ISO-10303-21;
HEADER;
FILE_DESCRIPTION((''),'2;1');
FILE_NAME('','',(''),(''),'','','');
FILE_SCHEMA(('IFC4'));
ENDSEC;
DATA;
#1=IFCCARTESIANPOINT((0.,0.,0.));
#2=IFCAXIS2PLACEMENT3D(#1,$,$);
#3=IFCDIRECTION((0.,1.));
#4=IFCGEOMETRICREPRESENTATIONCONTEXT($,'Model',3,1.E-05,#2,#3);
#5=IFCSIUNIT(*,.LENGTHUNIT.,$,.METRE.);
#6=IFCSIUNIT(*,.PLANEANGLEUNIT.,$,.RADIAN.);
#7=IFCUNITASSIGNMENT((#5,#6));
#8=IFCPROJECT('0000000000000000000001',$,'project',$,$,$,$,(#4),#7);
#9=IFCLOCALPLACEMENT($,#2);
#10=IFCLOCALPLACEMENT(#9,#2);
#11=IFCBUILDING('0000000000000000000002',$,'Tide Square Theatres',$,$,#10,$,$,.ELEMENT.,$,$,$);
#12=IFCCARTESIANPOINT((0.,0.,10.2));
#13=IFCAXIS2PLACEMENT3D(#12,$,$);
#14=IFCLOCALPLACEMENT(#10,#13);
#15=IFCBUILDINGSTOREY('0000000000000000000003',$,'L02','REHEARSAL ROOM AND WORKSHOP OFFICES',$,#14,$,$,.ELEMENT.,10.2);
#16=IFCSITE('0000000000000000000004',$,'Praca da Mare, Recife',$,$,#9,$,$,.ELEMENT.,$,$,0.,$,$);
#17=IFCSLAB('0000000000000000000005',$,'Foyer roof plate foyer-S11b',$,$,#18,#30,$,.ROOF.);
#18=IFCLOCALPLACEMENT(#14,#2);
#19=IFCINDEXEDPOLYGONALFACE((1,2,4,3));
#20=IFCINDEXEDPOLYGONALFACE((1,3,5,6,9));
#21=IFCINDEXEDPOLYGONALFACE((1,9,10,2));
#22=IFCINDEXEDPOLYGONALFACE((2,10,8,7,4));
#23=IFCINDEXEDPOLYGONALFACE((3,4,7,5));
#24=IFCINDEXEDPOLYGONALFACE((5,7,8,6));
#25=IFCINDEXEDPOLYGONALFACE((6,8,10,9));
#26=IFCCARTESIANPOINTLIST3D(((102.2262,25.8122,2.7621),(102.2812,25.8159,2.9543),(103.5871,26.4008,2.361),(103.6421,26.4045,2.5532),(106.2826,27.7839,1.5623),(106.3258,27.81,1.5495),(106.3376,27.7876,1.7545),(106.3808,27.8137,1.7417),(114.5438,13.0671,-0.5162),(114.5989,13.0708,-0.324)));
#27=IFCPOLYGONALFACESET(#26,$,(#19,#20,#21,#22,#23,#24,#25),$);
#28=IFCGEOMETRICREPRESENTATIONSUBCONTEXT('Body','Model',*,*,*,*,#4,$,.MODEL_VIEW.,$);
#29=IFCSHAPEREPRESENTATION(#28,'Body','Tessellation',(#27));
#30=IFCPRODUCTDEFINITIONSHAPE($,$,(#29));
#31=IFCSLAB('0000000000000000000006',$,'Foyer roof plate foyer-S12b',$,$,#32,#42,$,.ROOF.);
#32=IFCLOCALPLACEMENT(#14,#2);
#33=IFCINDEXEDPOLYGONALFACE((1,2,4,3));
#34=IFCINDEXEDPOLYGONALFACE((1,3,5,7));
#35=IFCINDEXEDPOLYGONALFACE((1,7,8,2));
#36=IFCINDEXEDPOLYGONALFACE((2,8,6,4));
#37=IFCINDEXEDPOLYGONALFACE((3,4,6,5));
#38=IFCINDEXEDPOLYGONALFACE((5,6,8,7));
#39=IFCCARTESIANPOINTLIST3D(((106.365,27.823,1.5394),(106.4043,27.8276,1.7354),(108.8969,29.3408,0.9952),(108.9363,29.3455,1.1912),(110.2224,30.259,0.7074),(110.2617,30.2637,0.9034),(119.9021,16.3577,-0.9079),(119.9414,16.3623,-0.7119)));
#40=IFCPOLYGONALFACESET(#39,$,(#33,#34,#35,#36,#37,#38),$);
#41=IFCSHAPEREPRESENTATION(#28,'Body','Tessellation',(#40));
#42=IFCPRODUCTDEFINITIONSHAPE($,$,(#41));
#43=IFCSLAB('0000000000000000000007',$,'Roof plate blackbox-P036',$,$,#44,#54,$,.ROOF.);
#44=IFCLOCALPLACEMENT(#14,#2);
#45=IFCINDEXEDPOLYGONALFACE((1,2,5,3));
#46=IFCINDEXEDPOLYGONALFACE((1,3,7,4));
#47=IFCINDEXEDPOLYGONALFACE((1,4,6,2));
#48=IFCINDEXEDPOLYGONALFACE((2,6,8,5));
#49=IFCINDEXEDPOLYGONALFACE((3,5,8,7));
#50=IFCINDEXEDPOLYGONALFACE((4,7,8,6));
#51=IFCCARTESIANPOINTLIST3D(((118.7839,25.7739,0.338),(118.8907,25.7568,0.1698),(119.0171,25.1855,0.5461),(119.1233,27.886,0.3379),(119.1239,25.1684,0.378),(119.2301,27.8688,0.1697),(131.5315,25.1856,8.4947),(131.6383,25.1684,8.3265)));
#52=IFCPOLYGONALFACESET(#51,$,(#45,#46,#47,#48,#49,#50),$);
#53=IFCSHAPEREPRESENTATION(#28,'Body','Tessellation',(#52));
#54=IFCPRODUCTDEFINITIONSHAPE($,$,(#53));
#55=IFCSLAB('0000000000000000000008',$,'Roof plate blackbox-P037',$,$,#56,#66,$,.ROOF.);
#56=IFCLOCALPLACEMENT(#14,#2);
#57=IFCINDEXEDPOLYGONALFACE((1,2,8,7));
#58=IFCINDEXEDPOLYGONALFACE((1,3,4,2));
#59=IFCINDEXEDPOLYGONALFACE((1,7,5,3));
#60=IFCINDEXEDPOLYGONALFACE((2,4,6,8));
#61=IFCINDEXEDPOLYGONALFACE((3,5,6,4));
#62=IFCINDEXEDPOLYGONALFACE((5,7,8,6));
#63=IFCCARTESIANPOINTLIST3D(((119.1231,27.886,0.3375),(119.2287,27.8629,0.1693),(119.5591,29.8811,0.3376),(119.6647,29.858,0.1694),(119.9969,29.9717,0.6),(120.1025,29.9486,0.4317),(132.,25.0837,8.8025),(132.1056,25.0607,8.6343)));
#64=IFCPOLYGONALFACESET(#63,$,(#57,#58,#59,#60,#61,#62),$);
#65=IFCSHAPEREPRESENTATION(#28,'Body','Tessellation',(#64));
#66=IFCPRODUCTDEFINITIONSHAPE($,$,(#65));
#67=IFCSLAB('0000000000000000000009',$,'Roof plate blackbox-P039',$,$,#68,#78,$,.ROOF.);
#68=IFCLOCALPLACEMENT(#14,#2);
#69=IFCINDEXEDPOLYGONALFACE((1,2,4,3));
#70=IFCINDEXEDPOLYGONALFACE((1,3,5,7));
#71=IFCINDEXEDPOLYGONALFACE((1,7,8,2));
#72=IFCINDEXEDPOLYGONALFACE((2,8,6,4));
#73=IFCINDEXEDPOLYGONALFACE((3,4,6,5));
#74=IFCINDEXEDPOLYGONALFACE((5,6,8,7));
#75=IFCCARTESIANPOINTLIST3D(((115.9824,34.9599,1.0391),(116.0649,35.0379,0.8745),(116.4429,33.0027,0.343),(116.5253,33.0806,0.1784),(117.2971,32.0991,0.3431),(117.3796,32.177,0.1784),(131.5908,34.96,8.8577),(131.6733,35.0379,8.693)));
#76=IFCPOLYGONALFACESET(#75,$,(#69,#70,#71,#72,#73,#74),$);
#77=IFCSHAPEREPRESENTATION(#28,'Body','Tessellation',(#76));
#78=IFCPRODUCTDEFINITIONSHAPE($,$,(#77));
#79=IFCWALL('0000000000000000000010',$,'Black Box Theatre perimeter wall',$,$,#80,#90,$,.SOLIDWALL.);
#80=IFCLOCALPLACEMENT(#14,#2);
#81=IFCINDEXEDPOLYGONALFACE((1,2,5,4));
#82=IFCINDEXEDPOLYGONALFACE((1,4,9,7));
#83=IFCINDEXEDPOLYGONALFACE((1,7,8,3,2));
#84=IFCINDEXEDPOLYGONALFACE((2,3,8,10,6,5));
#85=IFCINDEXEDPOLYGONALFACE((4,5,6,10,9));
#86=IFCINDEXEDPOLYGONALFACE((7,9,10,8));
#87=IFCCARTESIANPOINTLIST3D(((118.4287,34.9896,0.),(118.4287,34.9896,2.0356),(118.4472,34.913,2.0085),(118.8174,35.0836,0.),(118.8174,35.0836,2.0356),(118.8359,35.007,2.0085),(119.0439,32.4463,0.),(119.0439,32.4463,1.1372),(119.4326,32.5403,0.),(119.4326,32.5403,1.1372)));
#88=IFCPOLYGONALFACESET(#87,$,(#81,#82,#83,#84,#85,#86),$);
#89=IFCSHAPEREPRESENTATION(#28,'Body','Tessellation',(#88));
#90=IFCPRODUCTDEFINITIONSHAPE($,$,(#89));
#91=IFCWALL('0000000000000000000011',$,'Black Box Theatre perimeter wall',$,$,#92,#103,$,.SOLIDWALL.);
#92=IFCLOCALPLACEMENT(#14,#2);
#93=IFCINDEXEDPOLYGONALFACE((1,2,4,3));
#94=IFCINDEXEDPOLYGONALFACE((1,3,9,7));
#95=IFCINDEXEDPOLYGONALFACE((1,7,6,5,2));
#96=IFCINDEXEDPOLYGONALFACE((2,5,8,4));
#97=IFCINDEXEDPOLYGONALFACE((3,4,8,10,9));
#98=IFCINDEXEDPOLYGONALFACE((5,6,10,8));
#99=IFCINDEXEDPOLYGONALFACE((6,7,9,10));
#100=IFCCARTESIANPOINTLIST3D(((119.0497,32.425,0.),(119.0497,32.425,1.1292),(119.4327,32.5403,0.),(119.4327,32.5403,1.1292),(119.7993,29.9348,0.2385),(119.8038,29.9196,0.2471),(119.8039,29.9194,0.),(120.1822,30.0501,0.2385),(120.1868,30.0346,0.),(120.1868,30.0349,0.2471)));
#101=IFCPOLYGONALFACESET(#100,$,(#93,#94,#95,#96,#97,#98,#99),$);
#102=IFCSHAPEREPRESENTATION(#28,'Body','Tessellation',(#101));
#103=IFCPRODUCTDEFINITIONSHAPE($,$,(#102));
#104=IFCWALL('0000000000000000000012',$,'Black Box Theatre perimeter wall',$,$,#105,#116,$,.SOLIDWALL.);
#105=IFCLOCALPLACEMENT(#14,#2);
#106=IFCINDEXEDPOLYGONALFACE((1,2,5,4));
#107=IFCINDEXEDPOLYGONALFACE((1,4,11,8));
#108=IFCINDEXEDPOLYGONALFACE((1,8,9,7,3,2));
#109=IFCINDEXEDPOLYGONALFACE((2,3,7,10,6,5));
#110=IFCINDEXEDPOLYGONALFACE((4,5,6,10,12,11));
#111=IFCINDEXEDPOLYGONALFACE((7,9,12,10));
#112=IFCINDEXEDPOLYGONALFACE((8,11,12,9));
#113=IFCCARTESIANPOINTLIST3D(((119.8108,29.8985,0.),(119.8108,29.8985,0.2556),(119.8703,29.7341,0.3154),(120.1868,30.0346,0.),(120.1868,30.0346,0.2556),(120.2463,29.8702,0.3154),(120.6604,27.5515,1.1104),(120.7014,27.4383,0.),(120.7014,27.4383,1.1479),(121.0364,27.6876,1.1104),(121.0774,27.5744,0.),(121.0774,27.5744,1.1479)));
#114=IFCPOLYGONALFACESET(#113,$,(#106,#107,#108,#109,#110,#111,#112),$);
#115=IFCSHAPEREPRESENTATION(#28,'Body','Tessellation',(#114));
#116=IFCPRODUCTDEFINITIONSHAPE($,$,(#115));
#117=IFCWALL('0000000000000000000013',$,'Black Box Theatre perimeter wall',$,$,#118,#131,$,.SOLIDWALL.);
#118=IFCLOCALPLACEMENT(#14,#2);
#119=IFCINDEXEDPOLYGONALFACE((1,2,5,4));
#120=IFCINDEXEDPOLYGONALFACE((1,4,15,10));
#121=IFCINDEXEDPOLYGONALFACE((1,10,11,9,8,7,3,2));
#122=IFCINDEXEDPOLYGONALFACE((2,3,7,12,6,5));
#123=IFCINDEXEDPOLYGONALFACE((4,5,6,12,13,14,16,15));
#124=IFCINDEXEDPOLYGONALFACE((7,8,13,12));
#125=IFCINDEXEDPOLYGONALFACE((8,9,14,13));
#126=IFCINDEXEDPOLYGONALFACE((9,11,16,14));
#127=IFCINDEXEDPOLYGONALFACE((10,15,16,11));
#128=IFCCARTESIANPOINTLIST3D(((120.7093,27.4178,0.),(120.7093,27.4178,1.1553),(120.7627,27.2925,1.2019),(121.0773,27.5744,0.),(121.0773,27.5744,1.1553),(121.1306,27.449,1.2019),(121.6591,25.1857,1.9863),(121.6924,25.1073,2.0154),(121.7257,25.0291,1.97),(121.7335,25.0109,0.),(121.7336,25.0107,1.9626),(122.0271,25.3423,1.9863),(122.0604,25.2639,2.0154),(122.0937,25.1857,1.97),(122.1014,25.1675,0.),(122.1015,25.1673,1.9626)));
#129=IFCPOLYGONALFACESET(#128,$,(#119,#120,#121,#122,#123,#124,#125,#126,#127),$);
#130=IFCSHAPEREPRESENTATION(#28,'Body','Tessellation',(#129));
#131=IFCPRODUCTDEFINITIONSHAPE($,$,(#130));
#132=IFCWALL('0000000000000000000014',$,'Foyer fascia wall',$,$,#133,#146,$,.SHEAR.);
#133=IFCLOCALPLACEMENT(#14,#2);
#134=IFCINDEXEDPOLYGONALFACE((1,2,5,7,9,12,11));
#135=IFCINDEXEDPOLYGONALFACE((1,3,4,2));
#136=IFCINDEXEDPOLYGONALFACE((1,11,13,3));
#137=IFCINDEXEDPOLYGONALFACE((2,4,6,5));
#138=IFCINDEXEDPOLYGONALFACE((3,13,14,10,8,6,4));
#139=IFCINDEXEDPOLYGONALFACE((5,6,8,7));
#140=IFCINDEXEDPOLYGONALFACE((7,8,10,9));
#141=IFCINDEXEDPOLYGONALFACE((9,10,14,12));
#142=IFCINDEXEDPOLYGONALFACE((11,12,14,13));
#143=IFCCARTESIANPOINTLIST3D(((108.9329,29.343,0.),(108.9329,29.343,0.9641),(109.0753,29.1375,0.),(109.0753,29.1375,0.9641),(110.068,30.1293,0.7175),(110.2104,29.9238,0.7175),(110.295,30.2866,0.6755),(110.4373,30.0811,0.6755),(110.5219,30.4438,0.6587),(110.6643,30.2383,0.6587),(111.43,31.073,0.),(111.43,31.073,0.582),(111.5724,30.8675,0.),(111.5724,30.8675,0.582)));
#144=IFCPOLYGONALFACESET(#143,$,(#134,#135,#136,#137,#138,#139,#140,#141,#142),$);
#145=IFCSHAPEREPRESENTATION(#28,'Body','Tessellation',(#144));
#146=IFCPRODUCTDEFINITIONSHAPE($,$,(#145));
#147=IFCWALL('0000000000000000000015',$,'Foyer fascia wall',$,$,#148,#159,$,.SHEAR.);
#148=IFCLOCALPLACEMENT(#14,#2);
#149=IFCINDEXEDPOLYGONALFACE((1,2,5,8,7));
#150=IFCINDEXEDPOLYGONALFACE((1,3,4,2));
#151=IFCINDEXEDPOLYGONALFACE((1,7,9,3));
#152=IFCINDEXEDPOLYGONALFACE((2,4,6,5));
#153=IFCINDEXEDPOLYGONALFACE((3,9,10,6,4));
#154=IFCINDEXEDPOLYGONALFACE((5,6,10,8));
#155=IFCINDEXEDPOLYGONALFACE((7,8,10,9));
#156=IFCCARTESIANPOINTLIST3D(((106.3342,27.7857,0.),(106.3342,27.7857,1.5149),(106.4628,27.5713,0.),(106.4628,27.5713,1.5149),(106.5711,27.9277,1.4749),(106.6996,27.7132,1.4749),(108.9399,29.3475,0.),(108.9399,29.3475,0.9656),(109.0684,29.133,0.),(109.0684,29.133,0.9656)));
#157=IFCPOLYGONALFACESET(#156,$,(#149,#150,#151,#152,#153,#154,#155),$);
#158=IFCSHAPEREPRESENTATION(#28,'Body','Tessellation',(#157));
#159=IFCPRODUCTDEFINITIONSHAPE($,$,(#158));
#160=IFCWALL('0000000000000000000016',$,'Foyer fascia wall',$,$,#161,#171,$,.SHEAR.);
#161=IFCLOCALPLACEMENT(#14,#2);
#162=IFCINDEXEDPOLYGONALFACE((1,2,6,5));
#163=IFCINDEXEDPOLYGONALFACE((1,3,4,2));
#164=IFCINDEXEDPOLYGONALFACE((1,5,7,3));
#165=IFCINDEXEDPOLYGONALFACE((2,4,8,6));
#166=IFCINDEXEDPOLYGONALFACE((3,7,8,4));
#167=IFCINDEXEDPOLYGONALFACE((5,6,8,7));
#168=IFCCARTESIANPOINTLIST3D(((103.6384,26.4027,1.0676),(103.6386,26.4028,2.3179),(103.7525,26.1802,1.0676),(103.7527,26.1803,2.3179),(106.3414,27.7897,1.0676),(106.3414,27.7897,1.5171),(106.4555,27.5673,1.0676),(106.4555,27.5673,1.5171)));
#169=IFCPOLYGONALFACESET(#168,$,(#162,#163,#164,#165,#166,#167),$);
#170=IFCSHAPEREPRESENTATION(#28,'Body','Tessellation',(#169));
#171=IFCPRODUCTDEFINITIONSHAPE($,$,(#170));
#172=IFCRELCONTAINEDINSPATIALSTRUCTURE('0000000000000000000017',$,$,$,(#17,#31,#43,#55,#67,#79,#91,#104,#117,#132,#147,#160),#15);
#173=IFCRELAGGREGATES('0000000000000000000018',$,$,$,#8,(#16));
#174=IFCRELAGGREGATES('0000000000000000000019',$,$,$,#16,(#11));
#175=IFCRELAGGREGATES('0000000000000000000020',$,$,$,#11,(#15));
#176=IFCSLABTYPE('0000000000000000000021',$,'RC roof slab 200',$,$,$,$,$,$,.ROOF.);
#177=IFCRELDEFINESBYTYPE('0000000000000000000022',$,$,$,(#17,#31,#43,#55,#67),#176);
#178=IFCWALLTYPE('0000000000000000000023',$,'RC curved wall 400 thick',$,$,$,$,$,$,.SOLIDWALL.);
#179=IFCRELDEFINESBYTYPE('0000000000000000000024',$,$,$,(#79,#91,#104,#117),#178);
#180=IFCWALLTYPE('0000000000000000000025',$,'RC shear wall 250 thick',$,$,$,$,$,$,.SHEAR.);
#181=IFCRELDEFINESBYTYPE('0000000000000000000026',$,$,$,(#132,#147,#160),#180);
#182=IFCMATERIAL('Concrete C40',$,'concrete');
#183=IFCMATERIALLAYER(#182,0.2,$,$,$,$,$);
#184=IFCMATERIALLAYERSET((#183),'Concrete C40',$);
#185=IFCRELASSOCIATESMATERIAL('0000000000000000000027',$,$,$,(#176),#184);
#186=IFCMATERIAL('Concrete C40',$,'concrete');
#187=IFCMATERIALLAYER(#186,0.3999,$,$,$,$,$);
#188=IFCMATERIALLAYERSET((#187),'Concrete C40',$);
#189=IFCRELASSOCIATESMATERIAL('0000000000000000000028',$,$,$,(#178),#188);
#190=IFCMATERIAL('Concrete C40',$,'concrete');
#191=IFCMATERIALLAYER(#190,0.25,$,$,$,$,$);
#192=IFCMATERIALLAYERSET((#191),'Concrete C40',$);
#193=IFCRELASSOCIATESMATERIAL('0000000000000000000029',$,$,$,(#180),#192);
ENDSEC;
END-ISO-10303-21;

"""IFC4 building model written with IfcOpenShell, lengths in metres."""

from ifc_helpers import new_model, si_unit, direction, frame, origin, place, context, subcontext, project, spatial, polyline, outline, extrude, material, layer, layer_set, type_object, element, save


model = new_model("IFC4")

# Units and contexts
model_context = context("Model", 3, precision=1e-05, world=origin(), true_north=direction((0.0, 1.0)))
body_context = subcontext(model_context, "Body", "Model", "MODEL_VIEW")
ifc_project = project(units=[si_unit("LENGTHUNIT", "METRE"), si_unit("PLANEANGLEUNIT", "RADIAN")], contexts=[model_context])

# Site, building, storey
site_placement = place(None, origin())
site = spatial("IfcSite", under=ifc_project, at=site_placement, Name="Praca da Mare, Recife", CompositionType="ELEMENT", RefElevation=0.0)
building_placement = place(site_placement, origin())
building = spatial("IfcBuilding", under=site, at=building_placement, Name="Tide Square Theatres", CompositionType="ELEMENT")
storey_placement = place(building_placement, frame((0.0, 0.0, 10.2)))
storey = spatial("IfcBuildingStorey", under=building, at=storey_placement, Name="L02", Description="REHEARSAL ROOM AND WORKSHOP OFFICES", CompositionType="ELEMENT", Elevation=10.2)

# Slabs
ifc_material_1 = material(Name="Concrete C40", Category="concrete")
ifc_layer_1 = layer(ifc_material_1, 0.2)
ifc_layer_set_1 = layer_set([ifc_layer_1], Name="Concrete C40")
slab_type = type_object("IfcSlabType", Name="RC roof slab 200", PredefinedType="ROOF", material=ifc_layer_set_1)
slab_1_placement = place(storey_placement, frame((103.6421, 26.4045, 2.5532), z_axis=(0.275196, 0.018723, 0.961206), x_axis=(-0.885977, -0.383221, 0.261123)))
element("IfcSlab", 1, at=slab_1_placement, inside=storey, type_object=slab_type, Name="Foyer roof plate foyer-S11b", PredefinedType="ROOF", context=body_context, shape_type="SweptSolid", body=[
    extrude(outline(polyline([(0.0, 0.0), (1.536, 0.0), (-5.349, 16.6585), (-3.1784, -0.207), (-3.1267, -0.2001), (0.0, 0.0)])), origin(), (0.0, 0.0, -1.0), 0.2),
])
slab_2_placement = place(storey_placement, frame((108.9363, 29.3455, 1.1912), z_axis=(0.196802, 0.023145, 0.98017), x_axis=(-0.843483, -0.505635, 0.181298)))
element("IfcSlab", 2, at=slab_2_placement, inside=storey, type_object=slab_type, Name="Foyer roof plate foyer-S12b", PredefinedType="ROOF", context=body_context, shape_type="SweptSolid", body=[
    extrude(outline(polyline([(0.0, 0.0), (3.0018, 0.0), (-3.0629, 16.8498), (-1.6345, -0.1064), (0.0, 0.0)])), origin(), (0.0, 0.0, -1.0), 0.2),
])
slab_3_placement = place(storey_placement, frame((119.1233, 27.886, 0.3379), z_axis=(-0.534169, 0.085864, 0.841006), x_axis=(-0.15866, -0.987333, 0.00003)))
element("IfcSlab", 3, at=slab_3_placement, inside=storey, type_object=slab_type, Name="Roof plate blackbox-P036", PredefinedType="ROOF", context=body_context, shape_type="SweptSolid", body=[
    extrude(outline(polyline([(0.0, 0.0), (2.1391, 0.0), (2.6831, 0.3848), (0.6978, 15.0765), (0.0, 0.0)])), origin(), (0.0, 0.0, -1.0), 0.2),
])
slab_4_placement = place(storey_placement, frame((119.5591, 29.8811, 0.3376), z_axis=(-0.528003, 0.115328, 0.841375), x_axis=(-0.213476, -0.976948, -0.000056)))
element("IfcSlab", 4, at=slab_4_placement, inside=storey, type_object=slab_type, Name="Roof plate blackbox-P037", PredefinedType="ROOF", context=body_context, shape_type="SweptSolid", body=[
    extrude(outline(polyline([(0.0, 0.0), (2.0422, 0.0), (2.0305, 15.6628), (-0.182, 0.4854), (0.0, 0.0)])), origin(), (0.0, 0.0, -1.0), 0.2),
])
slab_5_placement = place(storey_placement, frame((116.4429, 33.0027, 0.343), z_axis=(-0.412433, -0.389856, 0.823354), x_axis=(0.686978, -0.726678, 0.00004)))
element("IfcSlab", 5, at=slab_5_placement, inside=storey, type_object=slab_type, Name="Roof plate blackbox-P039", PredefinedType="ROOF", context=body_context, shape_type="SweptSolid", body=[
    extrude(outline(polyline([(0.0, 0.0), (1.2435, 0.0), (8.9843, 15.0024), (-1.7386, 1.2267), (0.0, 0.0)])), origin(), (0.0, 0.0, -1.0), 0.2),
])

# Walls
ifc_material_2 = material(Name="Concrete C40", Category="concrete")
ifc_layer_2 = layer(ifc_material_2, 0.3999)
ifc_layer_set_2 = layer_set([ifc_layer_2], Name="Concrete C40")
wall_type_1 = type_object("IfcWallType", Name="RC curved wall 400 thick", PredefinedType="SOLIDWALL", material=ifc_layer_set_2)
wall_1_placement = place(storey_placement, frame((118.623, 35.0366, 0.0), z_axis=(0.0, 0.0, 1.0), x_axis=(0.235109, -0.971969, 0.0)))
element("IfcWall", 6, at=wall_1_placement, inside=storey, type_object=wall_type_1, Name="Black Box Theatre perimeter wall", PredefinedType="SOLIDWALL", context=body_context, shape_type="SweptSolid", body=[
    extrude(outline(polyline([(0.0, 0.0), (2.6167, 0.0), (2.6167, 1.1372), (0.0789, 2.0085), (0.0, 2.0356), (0.0, 0.0)])), frame((0.0, 0.2, 0.0), z_axis=(0.0, -1.0, 0.0), x_axis=(1.0, 0.0, 0.0)), (0.0, 0.0, 1.0), 0.3999),
])
wall_2_placement = place(storey_placement, frame((119.2412, 32.4827, 0.0), z_axis=(0.0, 0.0, 1.0), x_axis=(0.288212, -0.957567, 0.0)))
element("IfcWall", 7, at=wall_2_placement, inside=storey, type_object=wall_type_1, Name="Black Box Theatre perimeter wall", PredefinedType="SOLIDWALL", context=body_context, shape_type="SweptSolid", body=[
    extrude(outline(polyline([(0.0, 0.0), (2.6167, 0.0), (2.6165, 0.2471), (2.6006, 0.2385), (0.0, 1.1292), (0.0, 0.0)])), frame((0.0, 0.2, 0.0), z_axis=(0.0, -1.0, 0.0), x_axis=(1.0, 0.0, 0.0)), (0.0, 0.0, 1.0), 0.3999),
])
wall_3_placement = place(storey_placement, frame((119.9988, 29.9666, 0.0), z_axis=(0.0, 0.0, 1.0), x_axis=(0.340394, -0.940283, 0.0)))
element("IfcWall", 8, at=wall_3_placement, inside=storey, type_object=wall_type_1, Name="Black Box Theatre perimeter wall", PredefinedType="SOLIDWALL", context=body_context, shape_type="SweptSolid", body=[
    extrude(outline(polyline([(0.0, 0.0), (2.6165, 0.0), (2.6165, 1.1479), (2.4961, 1.1104), (0.1748, 0.3154), (0.0, 0.2556), (0.0, 0.0)])), frame((0.0, 0.2, 0.0), z_axis=(0.0, -1.0, 0.0), x_axis=(1.0, 0.0, 0.0)), (0.0, 0.0, 1.0), 0.3999),
])
wall_4_placement = place(storey_placement, frame((120.8933, 27.4961, 0.0), z_axis=(0.0, 0.0, 1.0), x_axis=(0.39153, -0.920165, 0.0)))
element("IfcWall", 9, at=wall_4_placement, inside=storey, type_object=wall_type_1, Name="Black Box Theatre perimeter wall", PredefinedType="SOLIDWALL", context=body_context, shape_type="SweptSolid", body=[
    extrude(outline(polyline([(0.0, 0.0), (2.6157, 0.0), (2.616, 1.9626), (2.5959, 1.97), (2.511, 2.0154), (2.4258, 1.9863), (0.1362, 1.2019), (0.0, 1.1553), (0.0, 0.0)])), frame((0.0, 0.2, 0.0), z_axis=(0.0, -1.0, 0.0), x_axis=(1.0, 0.0, 0.0)), (0.0, 0.0, 1.0), 0.3999),
])
ifc_material_3 = material(Name="Concrete C40", Category="concrete")
ifc_layer_3 = layer(ifc_material_3, 0.25)
ifc_layer_set_3 = layer_set([ifc_layer_3], Name="Concrete C40")
wall_type_2 = type_object("IfcWallType", Name="RC shear wall 250 thick", PredefinedType="SHEAR", material=ifc_layer_set_3)
wall_5_placement = place(storey_placement, frame((111.5012, 30.9702, 0.0), z_axis=(0.0, 0.0, 1.0), x_axis=(-0.822001, -0.569486, 0.0)))
element("IfcWall", 10, at=wall_5_placement, inside=storey, type_object=wall_type_2, Name="Foyer fascia wall", PredefinedType="SHEAR", context=body_context, shape_type="SweptSolid", body=[
    extrude(outline(polyline([(0.0, 0.0), (3.0378, 0.0), (3.0378, 0.9641), (1.657, 0.7175), (1.3809, 0.6755), (1.1047, 0.6587), (0.0, 0.582), (0.0, 0.0)])), frame((0.0, 0.125, 0.0), z_axis=(0.0, -1.0, 0.0), x_axis=(1.0, 0.0, 0.0)), (0.0, 0.0, 1.0), 0.25),
])
wall_6_placement = place(storey_placement, frame((109.0042, 29.2402, 0.0), z_axis=(0.0, 0.0, 1.0), x_axis=(-0.857734, -0.514094, 0.0)))
element("IfcWall", 11, at=wall_6_placement, inside=storey, type_object=wall_type_2, Name="Foyer fascia wall", PredefinedType="SHEAR", context=body_context, shape_type="SweptSolid", body=[
    extrude(outline(polyline([(0.0, 0.0), (3.0378, 0.0), (3.0378, 1.5149), (2.7617, 1.4749), (0.0, 0.9656), (0.0, 0.0)])), frame((0.0, 0.125, 0.0), z_axis=(0.0, -1.0, 0.0), x_axis=(1.0, 0.0, 0.0)), (0.0, 0.0, 1.0), 0.25),
])
wall_7_placement = place(storey_placement, frame((106.3984, 27.6785, 1.0676), z_axis=(0.0, 0.0, 1.0), x_axis=(-0.889701, -0.456543, 0.0)))
element("IfcWall", 12, at=wall_7_placement, inside=storey, type_object=wall_type_2, Name="Foyer fascia wall", PredefinedType="SHEAR", context=body_context, shape_type="SweptSolid", body=[
    extrude(outline(polyline([(0.0, 0.0), (3.0381, 0.0), (3.0378, 1.2502), (0.0, 0.4495), (0.0, 0.0)])), frame((0.0, 0.125, 0.0), z_axis=(0.0, -1.0, 0.0), x_axis=(1.0, 0.0, 0.0)), (0.0, 0.0, 1.0), 0.25),
])

save(model, "model.ifc")
